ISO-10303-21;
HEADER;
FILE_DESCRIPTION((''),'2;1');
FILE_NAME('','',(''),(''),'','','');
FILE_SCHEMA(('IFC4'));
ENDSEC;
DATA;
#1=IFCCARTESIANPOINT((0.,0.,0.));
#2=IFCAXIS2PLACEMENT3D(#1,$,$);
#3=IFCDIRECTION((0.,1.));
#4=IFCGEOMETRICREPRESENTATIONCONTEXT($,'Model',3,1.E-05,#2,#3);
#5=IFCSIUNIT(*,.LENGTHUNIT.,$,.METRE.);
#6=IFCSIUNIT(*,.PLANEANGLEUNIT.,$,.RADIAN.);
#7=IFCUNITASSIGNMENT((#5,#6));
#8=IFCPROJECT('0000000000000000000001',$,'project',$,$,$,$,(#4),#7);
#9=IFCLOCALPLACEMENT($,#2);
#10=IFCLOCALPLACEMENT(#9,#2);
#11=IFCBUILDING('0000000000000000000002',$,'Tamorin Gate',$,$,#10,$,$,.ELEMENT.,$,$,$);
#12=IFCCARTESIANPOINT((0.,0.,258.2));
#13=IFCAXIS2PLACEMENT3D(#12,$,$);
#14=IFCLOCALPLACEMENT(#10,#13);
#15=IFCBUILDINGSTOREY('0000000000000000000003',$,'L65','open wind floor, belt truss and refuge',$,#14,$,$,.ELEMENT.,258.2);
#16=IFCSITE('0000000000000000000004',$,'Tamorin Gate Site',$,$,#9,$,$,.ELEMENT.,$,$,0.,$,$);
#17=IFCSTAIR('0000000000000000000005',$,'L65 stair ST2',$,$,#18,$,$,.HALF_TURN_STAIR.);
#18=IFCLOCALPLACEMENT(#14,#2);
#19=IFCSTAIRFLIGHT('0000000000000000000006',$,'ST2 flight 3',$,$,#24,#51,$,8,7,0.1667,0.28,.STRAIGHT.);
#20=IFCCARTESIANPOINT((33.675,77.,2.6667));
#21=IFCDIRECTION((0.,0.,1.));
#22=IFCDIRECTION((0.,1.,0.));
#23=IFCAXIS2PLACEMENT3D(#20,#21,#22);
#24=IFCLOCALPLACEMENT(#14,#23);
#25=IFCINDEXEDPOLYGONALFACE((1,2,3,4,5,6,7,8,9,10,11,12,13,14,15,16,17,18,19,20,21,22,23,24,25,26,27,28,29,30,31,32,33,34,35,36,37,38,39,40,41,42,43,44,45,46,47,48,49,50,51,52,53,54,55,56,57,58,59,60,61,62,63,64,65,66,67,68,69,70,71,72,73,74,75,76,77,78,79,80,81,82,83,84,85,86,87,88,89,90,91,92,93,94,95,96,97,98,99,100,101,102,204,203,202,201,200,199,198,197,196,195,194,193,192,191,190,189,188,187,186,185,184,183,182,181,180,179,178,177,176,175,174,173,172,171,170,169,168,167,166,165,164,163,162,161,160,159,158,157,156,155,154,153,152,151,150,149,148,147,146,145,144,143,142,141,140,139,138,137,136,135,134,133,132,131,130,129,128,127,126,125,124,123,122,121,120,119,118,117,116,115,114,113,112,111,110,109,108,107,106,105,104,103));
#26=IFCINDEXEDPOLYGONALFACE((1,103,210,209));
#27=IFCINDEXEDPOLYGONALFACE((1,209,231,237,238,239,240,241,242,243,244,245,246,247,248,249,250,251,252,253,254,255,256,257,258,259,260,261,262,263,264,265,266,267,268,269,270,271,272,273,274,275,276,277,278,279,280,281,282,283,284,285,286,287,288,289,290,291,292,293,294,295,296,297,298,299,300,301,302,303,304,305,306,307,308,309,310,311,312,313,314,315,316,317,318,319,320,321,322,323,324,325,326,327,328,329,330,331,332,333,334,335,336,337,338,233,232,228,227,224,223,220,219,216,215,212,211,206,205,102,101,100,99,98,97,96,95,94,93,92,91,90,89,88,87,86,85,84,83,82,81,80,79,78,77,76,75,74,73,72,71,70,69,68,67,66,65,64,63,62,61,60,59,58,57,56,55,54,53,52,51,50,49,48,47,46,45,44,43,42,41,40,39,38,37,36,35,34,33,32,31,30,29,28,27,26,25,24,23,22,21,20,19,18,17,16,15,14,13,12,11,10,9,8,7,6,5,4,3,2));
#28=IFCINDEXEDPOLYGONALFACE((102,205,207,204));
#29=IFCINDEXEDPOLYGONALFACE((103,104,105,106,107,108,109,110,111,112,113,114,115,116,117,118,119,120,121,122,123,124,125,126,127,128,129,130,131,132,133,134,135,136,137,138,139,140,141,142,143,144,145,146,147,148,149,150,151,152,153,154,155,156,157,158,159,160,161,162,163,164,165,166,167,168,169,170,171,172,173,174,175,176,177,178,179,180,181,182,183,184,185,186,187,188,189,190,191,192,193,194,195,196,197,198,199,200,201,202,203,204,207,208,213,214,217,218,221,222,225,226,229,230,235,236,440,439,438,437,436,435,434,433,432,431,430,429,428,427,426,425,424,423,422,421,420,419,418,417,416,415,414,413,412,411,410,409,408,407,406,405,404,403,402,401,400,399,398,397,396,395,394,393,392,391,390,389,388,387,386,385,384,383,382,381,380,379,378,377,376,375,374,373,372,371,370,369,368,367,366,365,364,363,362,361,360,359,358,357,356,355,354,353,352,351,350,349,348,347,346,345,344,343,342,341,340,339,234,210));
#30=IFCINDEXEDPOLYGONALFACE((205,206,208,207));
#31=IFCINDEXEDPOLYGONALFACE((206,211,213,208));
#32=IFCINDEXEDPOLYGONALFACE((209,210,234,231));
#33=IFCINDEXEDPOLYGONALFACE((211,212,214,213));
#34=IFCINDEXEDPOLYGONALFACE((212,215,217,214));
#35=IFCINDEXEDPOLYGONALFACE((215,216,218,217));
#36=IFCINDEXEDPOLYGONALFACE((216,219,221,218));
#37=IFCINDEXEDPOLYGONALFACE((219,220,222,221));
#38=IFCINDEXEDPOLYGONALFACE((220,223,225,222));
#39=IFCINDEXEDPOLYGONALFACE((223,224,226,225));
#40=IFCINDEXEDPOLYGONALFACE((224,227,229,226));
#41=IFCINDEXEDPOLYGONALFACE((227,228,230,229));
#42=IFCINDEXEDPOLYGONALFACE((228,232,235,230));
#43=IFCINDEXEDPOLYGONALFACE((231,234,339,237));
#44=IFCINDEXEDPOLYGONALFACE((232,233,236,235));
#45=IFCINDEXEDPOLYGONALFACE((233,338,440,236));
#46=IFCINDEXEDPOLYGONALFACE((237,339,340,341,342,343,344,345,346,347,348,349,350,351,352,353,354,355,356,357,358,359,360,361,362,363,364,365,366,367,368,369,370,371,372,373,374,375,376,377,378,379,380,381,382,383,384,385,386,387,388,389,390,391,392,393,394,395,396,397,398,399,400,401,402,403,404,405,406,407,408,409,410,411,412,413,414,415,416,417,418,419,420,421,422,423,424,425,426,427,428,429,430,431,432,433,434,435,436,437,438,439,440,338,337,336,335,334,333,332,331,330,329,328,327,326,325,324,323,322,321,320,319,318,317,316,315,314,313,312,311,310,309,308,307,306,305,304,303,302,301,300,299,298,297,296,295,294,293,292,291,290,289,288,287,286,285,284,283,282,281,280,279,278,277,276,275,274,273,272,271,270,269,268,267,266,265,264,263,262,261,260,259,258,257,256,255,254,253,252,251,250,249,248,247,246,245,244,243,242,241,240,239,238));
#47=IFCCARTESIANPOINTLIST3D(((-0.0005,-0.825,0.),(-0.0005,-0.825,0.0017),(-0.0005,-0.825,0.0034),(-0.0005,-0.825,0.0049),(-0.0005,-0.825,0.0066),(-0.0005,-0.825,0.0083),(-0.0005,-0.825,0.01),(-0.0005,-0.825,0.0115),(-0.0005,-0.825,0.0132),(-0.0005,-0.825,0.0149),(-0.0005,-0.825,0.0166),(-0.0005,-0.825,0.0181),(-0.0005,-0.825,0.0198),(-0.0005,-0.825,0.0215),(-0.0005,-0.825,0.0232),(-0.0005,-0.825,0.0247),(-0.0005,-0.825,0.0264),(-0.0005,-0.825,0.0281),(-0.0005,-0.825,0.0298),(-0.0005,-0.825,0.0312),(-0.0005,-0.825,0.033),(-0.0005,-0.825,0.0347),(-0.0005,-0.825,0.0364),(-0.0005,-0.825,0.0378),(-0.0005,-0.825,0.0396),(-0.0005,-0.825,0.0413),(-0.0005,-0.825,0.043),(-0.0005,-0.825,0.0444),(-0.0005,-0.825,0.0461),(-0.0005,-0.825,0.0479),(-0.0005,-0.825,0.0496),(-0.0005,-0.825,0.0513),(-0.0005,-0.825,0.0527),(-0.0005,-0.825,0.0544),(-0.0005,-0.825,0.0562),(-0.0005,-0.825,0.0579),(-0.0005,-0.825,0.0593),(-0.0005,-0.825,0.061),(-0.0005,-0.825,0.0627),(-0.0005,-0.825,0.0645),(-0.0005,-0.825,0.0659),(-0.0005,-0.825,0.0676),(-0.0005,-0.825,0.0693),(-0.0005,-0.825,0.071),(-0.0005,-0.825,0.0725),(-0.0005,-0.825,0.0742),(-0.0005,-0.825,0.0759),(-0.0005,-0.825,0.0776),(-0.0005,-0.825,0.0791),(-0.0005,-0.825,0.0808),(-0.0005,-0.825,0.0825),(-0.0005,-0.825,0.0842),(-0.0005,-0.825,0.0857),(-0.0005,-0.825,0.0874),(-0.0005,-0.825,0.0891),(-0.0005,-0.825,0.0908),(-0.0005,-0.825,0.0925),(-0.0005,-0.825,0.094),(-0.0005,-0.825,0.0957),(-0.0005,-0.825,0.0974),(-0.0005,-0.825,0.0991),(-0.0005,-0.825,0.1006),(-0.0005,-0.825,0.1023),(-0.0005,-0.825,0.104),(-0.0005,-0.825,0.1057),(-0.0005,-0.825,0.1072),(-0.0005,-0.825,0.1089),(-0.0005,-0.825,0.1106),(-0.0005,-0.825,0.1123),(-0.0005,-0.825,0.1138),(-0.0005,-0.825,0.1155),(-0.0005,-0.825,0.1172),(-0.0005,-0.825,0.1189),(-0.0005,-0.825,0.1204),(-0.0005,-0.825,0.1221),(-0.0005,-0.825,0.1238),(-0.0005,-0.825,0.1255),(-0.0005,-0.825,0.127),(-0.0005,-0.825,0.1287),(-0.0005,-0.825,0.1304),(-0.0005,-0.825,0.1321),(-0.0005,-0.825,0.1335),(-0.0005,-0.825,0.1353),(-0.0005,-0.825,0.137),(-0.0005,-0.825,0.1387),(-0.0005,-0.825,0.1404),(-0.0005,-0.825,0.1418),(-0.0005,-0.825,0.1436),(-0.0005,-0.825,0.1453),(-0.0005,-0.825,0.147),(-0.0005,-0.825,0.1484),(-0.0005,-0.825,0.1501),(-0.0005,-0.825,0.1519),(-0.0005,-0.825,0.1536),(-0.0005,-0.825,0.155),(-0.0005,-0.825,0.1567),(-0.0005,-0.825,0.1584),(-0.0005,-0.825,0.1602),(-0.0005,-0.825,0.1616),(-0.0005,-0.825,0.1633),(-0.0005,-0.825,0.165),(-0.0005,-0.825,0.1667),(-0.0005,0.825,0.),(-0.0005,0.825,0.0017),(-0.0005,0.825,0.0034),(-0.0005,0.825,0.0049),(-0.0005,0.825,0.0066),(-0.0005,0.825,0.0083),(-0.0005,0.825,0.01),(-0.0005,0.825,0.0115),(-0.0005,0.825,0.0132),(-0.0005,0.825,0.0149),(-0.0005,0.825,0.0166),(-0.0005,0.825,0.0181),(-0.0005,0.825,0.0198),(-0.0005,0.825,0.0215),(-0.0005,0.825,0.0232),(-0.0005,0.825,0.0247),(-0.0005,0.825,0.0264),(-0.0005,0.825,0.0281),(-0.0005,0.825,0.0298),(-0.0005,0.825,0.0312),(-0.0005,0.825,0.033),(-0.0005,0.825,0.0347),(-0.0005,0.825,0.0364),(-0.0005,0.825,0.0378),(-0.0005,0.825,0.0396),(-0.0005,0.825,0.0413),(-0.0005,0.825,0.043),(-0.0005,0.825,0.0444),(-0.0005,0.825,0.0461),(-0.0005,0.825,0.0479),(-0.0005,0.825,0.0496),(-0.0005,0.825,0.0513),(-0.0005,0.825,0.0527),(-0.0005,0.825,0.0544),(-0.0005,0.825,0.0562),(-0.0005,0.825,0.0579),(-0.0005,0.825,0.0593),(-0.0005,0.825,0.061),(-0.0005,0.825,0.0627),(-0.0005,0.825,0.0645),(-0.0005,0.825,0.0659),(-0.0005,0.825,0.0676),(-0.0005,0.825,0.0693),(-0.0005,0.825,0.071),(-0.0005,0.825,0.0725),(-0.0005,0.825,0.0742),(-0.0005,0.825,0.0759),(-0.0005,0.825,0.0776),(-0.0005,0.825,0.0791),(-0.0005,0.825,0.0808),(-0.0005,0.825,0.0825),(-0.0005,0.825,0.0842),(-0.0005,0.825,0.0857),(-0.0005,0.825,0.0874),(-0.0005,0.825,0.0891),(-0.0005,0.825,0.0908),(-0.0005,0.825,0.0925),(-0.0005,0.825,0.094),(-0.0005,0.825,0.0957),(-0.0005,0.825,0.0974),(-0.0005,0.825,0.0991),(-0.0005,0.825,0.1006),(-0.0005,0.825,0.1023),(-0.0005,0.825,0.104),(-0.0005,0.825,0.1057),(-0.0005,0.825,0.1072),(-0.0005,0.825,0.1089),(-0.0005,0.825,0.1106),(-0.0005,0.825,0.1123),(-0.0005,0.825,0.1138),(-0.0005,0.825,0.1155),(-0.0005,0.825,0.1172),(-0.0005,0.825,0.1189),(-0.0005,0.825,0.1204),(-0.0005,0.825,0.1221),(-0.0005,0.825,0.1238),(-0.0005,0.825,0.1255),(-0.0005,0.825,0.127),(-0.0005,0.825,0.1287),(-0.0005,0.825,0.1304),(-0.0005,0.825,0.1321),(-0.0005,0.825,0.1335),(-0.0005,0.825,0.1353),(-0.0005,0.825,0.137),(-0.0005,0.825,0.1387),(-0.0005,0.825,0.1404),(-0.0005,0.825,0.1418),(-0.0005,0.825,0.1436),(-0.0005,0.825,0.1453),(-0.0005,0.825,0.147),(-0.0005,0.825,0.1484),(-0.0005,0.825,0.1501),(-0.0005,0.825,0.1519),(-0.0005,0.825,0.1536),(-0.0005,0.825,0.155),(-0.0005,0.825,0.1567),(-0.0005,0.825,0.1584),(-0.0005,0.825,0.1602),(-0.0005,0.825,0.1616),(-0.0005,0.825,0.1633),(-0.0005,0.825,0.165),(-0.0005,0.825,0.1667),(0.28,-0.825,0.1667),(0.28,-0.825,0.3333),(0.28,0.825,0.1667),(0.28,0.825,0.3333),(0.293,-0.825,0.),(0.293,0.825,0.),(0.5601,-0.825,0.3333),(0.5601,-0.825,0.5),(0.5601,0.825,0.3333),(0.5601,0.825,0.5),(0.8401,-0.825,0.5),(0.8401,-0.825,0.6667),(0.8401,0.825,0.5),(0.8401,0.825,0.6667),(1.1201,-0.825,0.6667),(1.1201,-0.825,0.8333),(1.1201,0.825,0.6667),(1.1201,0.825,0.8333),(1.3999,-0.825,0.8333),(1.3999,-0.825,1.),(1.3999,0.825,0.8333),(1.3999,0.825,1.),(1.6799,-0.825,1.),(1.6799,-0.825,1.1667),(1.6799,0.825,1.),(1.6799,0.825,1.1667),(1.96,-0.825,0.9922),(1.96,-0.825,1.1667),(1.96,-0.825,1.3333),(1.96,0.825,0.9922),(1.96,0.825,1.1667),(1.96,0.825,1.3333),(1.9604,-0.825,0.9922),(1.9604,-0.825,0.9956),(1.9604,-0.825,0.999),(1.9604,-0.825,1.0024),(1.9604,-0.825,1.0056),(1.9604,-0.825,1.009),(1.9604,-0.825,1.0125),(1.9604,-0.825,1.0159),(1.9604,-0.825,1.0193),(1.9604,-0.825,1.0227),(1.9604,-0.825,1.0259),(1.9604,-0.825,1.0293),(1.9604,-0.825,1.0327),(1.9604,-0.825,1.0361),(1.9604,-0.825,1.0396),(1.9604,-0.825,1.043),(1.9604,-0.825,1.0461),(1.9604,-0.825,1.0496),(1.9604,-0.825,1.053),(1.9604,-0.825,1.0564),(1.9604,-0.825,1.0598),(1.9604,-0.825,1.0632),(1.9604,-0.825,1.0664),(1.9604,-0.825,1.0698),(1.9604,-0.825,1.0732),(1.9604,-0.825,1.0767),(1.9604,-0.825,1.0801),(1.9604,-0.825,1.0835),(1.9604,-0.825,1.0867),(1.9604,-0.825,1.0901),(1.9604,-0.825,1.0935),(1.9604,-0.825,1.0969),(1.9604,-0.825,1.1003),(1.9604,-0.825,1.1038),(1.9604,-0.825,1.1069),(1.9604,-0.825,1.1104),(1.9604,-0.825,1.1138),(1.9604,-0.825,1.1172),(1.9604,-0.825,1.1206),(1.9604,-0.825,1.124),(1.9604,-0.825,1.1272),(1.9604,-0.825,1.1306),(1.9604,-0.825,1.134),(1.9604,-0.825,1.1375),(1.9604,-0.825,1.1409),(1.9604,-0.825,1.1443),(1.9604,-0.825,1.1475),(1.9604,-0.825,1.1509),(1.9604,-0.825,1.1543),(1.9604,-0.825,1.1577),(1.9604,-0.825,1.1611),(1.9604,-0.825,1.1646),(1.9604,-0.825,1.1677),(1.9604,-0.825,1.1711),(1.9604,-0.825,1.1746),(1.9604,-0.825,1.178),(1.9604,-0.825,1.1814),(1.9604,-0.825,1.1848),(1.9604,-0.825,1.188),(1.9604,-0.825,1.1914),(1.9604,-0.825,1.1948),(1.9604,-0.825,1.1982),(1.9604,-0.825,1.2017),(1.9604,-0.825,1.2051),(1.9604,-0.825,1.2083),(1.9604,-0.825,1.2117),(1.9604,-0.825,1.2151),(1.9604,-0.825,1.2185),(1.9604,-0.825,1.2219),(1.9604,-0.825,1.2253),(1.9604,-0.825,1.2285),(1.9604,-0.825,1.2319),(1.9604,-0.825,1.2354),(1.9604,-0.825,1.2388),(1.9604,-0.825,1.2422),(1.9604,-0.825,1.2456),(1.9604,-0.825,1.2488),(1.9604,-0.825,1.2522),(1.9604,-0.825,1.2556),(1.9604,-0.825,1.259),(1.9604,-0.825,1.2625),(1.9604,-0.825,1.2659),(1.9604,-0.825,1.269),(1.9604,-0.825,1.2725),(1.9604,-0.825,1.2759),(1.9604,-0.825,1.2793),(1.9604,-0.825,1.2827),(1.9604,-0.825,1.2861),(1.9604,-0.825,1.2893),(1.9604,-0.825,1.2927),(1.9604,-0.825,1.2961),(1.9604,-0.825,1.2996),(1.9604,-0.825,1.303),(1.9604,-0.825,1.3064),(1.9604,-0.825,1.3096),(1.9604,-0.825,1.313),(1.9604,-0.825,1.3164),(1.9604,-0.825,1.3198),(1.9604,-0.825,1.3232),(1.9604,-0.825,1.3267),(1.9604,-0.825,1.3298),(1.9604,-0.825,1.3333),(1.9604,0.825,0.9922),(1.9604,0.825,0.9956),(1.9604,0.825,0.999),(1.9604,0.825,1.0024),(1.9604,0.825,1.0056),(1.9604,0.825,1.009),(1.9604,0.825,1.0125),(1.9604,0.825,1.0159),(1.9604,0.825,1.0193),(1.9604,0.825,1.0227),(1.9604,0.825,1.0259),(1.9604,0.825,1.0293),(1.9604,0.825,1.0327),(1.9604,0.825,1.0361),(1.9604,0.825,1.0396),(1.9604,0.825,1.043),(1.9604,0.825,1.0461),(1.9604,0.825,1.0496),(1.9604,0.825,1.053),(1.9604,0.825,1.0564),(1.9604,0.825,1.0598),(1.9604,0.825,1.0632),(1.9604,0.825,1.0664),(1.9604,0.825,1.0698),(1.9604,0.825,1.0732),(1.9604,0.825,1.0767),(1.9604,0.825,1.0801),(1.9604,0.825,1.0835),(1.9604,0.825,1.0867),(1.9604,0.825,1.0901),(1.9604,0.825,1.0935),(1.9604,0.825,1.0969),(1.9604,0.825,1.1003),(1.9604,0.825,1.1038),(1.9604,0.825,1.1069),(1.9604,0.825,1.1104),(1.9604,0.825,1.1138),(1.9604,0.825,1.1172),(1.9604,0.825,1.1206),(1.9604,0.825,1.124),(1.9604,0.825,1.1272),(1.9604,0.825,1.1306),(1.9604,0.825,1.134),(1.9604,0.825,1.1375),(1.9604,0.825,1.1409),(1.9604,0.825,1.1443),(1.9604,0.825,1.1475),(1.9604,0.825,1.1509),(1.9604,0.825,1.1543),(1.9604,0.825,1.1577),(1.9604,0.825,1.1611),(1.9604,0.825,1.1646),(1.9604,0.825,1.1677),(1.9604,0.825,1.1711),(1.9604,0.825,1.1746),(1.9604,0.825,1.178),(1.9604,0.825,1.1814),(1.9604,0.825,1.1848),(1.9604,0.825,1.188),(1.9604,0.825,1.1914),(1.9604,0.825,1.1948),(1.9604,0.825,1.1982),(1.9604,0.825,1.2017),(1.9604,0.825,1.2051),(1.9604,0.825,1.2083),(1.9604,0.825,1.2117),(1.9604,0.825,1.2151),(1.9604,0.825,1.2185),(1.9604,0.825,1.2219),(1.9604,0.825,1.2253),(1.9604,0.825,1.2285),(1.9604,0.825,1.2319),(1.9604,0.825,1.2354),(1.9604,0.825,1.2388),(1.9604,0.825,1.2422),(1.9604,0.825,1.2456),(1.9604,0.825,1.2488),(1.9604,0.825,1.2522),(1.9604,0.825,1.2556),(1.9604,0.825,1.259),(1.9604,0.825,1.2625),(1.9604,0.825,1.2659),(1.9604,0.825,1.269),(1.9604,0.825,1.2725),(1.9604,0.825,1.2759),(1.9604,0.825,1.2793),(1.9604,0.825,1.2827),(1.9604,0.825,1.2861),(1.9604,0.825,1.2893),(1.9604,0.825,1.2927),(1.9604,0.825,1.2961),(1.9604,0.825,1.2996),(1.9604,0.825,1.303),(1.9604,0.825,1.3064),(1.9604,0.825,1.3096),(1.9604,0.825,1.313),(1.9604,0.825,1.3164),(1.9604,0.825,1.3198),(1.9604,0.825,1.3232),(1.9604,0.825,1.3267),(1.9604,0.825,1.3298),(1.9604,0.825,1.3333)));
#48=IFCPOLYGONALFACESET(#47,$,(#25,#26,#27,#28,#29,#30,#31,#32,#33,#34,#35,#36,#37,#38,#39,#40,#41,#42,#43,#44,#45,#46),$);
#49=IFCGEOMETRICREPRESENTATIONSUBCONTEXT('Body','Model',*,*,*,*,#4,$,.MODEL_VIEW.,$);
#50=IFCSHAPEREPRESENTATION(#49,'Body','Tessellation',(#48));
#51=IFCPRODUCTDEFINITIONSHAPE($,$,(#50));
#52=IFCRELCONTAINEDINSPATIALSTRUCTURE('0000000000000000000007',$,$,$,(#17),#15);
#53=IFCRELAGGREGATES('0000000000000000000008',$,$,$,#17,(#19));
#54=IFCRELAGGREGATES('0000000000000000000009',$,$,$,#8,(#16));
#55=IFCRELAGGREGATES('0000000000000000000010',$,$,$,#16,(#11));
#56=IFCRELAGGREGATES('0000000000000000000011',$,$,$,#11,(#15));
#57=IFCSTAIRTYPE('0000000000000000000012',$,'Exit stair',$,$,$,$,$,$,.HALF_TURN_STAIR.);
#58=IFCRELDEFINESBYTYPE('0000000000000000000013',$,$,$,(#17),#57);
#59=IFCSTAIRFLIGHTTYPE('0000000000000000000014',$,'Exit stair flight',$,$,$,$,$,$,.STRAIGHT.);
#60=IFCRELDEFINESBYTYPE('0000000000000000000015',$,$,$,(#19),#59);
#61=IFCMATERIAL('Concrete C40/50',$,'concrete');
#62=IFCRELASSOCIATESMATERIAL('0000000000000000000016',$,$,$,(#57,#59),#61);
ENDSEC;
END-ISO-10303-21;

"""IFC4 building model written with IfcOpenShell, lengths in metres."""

from ifc_helpers import new_model, si_unit, direction, frame, origin, place, context, subcontext, project, spatial, polyline, outline, extrude, material, type_object, element, aggregate, save


model = new_model("IFC4")

# Units and contexts
model_context = context("Model", 3, precision=1e-05, world=origin(), true_north=direction((0.0, 1.0)))
body_context = subcontext(model_context, "Body", "Model", "MODEL_VIEW")
ifc_project = project(units=[si_unit("LENGTHUNIT", "METRE"), si_unit("PLANEANGLEUNIT", "RADIAN")], contexts=[model_context])

# Site, building, storey
site_placement = place(None, origin())
site = spatial("IfcSite", under=ifc_project, at=site_placement, Name="Tamorin Gate Site", CompositionType="ELEMENT", RefElevation=0.0)
building_placement = place(site_placement, origin())
building = spatial("IfcBuilding", under=site, at=building_placement, Name="Tamorin Gate", CompositionType="ELEMENT")
storey_placement = place(building_placement, frame((0.0, 0.0, 258.2)))
storey = spatial("IfcBuildingStorey", under=building, at=storey_placement, Name="L65", Description="open wind floor, belt truss and refuge", CompositionType="ELEMENT", Elevation=258.2)

# Shared definitions
ifc_material_1 = material(Name="Concrete C40/50", Category="concrete")

# Stair, stair flight
stair_type = type_object("IfcStairType", Name="Exit stair", PredefinedType="HALF_TURN_STAIR", material=ifc_material_1)
stair_flight_type = type_object("IfcStairFlightType", Name="Exit stair flight", PredefinedType="STRAIGHT", material=ifc_material_1)
stair_1_placement = place(storey_placement, origin())
stair_1 = element("IfcStair", 1, at=stair_1_placement, inside=storey, type_object=stair_type, Name="L65 stair ST2", PredefinedType="HALF_TURN_STAIR")
stair_flight_1_placement = place(storey_placement, frame((33.675, 77.0, 2.6667), z_axis=(0.0, 0.0, 1.0), x_axis=(0.0, 1.0, 0.0)))
stair_flight_1 = element("IfcStairFlight", 2, at=stair_flight_1_placement, type_object=stair_flight_type, Name="ST2 flight 3", NumberOfRisers=8, NumberOfTreads=7, PredefinedType="STRAIGHT", RiserHeight=0.1667, TreadLength=0.28, context=body_context, shape_type="SweptSolid", body=[
    extrude(outline(polyline([(-0.0005, 0.0), (-0.0005, 0.0017), (-0.0005, 0.0034), (-0.0005, 0.0049), (-0.0005, 0.0066), (-0.0005, 0.0083), (-0.0005, 0.01), (-0.0005, 0.0115), (-0.0005, 0.0132), (-0.0005, 0.0149), (-0.0005, 0.0166), (-0.0005, 0.0181), (-0.0005, 0.0198), (-0.0005, 0.0215), (-0.0005, 0.0232), (-0.0005, 0.0247), (-0.0005, 0.0264), (-0.0005, 0.0281), (-0.0005, 0.0298), (-0.0005, 0.0312), (-0.0005, 0.033), (-0.0005, 0.0347), (-0.0005, 0.0364), (-0.0005, 0.0378), (-0.0005, 0.0396), (-0.0005, 0.0413), (-0.0005, 0.043), (-0.0005, 0.0444), (-0.0005, 0.0461), (-0.0005, 0.0479), (-0.0005, 0.0496), (-0.0005, 0.0513), (-0.0005, 0.0527), (-0.0005, 0.0544), (-0.0005, 0.0562), (-0.0005, 0.0579), (-0.0005, 0.0593), (-0.0005, 0.061), (-0.0005, 0.0627), (-0.0005, 0.0645), (-0.0005, 0.0659), (-0.0005, 0.0676), (-0.0005, 0.0693), (-0.0005, 0.071), (-0.0005, 0.0725), (-0.0005, 0.0742), (-0.0005, 0.0759), (-0.0005, 0.0776), (-0.0005, 0.0791), (-0.0005, 0.0808), (-0.0005, 0.0825), (-0.0005, 0.0842), (-0.0005, 0.0857), (-0.0005, 0.0874), (-0.0005, 0.0891), (-0.0005, 0.0908), (-0.0005, 0.0925), (-0.0005, 0.094), (-0.0005, 0.0957), (-0.0005, 0.0974), (-0.0005, 0.0991), (-0.0005, 0.1006), (-0.0005, 0.1023), (-0.0005, 0.104), (-0.0005, 0.1057), (-0.0005, 0.1072), (-0.0005, 0.1089), (-0.0005, 0.1106), (-0.0005, 0.1123), (-0.0005, 0.1138), (-0.0005, 0.1155), (-0.0005, 0.1172), (-0.0005, 0.1189), (-0.0005, 0.1204), (-0.0005, 0.1221), (-0.0005, 0.1238), (-0.0005, 0.1255), (-0.0005, 0.127), (-0.0005, 0.1287), (-0.0005, 0.1304), (-0.0005, 0.1321), (-0.0005, 0.1335), (-0.0005, 0.1353), (-0.0005, 0.137), (-0.0005, 0.1387), (-0.0005, 0.1404), (-0.0005, 0.1418), (-0.0005, 0.1436), (-0.0005, 0.1453), (-0.0005, 0.147), (-0.0005, 0.1484), (-0.0005, 0.1501), (-0.0005, 0.1519), (-0.0005, 0.1536), (-0.0005, 0.155), (-0.0005, 0.1567), (-0.0005, 0.1584), (-0.0005, 0.1602), (-0.0005, 0.1616), (-0.0005, 0.1633), (-0.0005, 0.165), (-0.0005, 0.1667), (0.28, 0.1667), (0.28, 0.3333), (0.5601, 0.3333), (0.5601, 0.5), (0.8401, 0.5), (0.8401, 0.6667), (1.1201, 0.6667), (1.1201, 0.8333), (1.3999, 0.8333), (1.3999, 1.0), (1.6799, 1.0), (1.6799, 1.1667), (1.96, 1.1667), (1.96, 1.3333), (1.9604, 1.3333), (1.9604, 1.3298), (1.9604, 1.3267), (1.9604, 1.3232), (1.9604, 1.3198), (1.9604, 1.3164), (1.9604, 1.313), (1.9604, 1.3096), (1.9604, 1.3064), (1.9604, 1.303), (1.9604, 1.2996), (1.9604, 1.2961), (1.9604, 1.2927), (1.9604, 1.2893), (1.9604, 1.2861), (1.9604, 1.2827), (1.9604, 1.2793), (1.9604, 1.2759), (1.9604, 1.2725), (1.9604, 1.269), (1.9604, 1.2659), (1.9604, 1.2625), (1.9604, 1.259), (1.9604, 1.2556), (1.9604, 1.2522), (1.9604, 1.2488), (1.9604, 1.2456), (1.9604, 1.2422), (1.9604, 1.2388), (1.9604, 1.2354), (1.9604, 1.2319), (1.9604, 1.2285), (1.9604, 1.2253), (1.9604, 1.2219), (1.9604, 1.2185), (1.9604, 1.2151), (1.9604, 1.2117), (1.9604, 1.2083), (1.9604, 1.2051), (1.9604, 1.2017), (1.9604, 1.1982), (1.9604, 1.1948), (1.9604, 1.1914), (1.9604, 1.188), (1.9604, 1.1848), (1.9604, 1.1814), (1.9604, 1.178), (1.9604, 1.1746), (1.9604, 1.1711), (1.9604, 1.1677), (1.9604, 1.1646), (1.9604, 1.1611), (1.9604, 1.1577), (1.9604, 1.1543), (1.9604, 1.1509), (1.9604, 1.1475), (1.9604, 1.1443), (1.9604, 1.1409), (1.9604, 1.1375), (1.9604, 1.134), (1.9604, 1.1306), (1.9604, 1.1272), (1.9604, 1.124), (1.9604, 1.1206), (1.9604, 1.1172), (1.9604, 1.1138), (1.9604, 1.1104), (1.9604, 1.1069), (1.9604, 1.1038), (1.9604, 1.1003), (1.9604, 1.0969), (1.9604, 1.0935), (1.9604, 1.0901), (1.9604, 1.0867), (1.9604, 1.0835), (1.9604, 1.0801), (1.9604, 1.0767), (1.9604, 1.0732), (1.9604, 1.0698), (1.9604, 1.0664), (1.9604, 1.0632), (1.9604, 1.0598), (1.9604, 1.0564), (1.9604, 1.053), (1.9604, 1.0496), (1.9604, 1.0461), (1.9604, 1.043), (1.9604, 1.0396), (1.9604, 1.0361), (1.9604, 1.0327), (1.9604, 1.0293), (1.9604, 1.0259), (1.9604, 1.0227), (1.9604, 1.0193), (1.9604, 1.0159), (1.9604, 1.0125), (1.9604, 1.009), (1.9604, 1.0056), (1.9604, 1.0024), (1.9604, 0.999), (1.9604, 0.9956), (1.9604, 0.9922), (1.96, 0.9922), (0.293, 0.0), (-0.0005, 0.0)])), frame((0.0, 0.825, 0.0), z_axis=(0.0, -1.0, 0.0), x_axis=(1.0, 0.0, 0.0)), (0.0, 0.0, 1.0), 1.6499),
])
aggregate(stair_1, [stair_flight_1])

save(model, "model.ifc")
